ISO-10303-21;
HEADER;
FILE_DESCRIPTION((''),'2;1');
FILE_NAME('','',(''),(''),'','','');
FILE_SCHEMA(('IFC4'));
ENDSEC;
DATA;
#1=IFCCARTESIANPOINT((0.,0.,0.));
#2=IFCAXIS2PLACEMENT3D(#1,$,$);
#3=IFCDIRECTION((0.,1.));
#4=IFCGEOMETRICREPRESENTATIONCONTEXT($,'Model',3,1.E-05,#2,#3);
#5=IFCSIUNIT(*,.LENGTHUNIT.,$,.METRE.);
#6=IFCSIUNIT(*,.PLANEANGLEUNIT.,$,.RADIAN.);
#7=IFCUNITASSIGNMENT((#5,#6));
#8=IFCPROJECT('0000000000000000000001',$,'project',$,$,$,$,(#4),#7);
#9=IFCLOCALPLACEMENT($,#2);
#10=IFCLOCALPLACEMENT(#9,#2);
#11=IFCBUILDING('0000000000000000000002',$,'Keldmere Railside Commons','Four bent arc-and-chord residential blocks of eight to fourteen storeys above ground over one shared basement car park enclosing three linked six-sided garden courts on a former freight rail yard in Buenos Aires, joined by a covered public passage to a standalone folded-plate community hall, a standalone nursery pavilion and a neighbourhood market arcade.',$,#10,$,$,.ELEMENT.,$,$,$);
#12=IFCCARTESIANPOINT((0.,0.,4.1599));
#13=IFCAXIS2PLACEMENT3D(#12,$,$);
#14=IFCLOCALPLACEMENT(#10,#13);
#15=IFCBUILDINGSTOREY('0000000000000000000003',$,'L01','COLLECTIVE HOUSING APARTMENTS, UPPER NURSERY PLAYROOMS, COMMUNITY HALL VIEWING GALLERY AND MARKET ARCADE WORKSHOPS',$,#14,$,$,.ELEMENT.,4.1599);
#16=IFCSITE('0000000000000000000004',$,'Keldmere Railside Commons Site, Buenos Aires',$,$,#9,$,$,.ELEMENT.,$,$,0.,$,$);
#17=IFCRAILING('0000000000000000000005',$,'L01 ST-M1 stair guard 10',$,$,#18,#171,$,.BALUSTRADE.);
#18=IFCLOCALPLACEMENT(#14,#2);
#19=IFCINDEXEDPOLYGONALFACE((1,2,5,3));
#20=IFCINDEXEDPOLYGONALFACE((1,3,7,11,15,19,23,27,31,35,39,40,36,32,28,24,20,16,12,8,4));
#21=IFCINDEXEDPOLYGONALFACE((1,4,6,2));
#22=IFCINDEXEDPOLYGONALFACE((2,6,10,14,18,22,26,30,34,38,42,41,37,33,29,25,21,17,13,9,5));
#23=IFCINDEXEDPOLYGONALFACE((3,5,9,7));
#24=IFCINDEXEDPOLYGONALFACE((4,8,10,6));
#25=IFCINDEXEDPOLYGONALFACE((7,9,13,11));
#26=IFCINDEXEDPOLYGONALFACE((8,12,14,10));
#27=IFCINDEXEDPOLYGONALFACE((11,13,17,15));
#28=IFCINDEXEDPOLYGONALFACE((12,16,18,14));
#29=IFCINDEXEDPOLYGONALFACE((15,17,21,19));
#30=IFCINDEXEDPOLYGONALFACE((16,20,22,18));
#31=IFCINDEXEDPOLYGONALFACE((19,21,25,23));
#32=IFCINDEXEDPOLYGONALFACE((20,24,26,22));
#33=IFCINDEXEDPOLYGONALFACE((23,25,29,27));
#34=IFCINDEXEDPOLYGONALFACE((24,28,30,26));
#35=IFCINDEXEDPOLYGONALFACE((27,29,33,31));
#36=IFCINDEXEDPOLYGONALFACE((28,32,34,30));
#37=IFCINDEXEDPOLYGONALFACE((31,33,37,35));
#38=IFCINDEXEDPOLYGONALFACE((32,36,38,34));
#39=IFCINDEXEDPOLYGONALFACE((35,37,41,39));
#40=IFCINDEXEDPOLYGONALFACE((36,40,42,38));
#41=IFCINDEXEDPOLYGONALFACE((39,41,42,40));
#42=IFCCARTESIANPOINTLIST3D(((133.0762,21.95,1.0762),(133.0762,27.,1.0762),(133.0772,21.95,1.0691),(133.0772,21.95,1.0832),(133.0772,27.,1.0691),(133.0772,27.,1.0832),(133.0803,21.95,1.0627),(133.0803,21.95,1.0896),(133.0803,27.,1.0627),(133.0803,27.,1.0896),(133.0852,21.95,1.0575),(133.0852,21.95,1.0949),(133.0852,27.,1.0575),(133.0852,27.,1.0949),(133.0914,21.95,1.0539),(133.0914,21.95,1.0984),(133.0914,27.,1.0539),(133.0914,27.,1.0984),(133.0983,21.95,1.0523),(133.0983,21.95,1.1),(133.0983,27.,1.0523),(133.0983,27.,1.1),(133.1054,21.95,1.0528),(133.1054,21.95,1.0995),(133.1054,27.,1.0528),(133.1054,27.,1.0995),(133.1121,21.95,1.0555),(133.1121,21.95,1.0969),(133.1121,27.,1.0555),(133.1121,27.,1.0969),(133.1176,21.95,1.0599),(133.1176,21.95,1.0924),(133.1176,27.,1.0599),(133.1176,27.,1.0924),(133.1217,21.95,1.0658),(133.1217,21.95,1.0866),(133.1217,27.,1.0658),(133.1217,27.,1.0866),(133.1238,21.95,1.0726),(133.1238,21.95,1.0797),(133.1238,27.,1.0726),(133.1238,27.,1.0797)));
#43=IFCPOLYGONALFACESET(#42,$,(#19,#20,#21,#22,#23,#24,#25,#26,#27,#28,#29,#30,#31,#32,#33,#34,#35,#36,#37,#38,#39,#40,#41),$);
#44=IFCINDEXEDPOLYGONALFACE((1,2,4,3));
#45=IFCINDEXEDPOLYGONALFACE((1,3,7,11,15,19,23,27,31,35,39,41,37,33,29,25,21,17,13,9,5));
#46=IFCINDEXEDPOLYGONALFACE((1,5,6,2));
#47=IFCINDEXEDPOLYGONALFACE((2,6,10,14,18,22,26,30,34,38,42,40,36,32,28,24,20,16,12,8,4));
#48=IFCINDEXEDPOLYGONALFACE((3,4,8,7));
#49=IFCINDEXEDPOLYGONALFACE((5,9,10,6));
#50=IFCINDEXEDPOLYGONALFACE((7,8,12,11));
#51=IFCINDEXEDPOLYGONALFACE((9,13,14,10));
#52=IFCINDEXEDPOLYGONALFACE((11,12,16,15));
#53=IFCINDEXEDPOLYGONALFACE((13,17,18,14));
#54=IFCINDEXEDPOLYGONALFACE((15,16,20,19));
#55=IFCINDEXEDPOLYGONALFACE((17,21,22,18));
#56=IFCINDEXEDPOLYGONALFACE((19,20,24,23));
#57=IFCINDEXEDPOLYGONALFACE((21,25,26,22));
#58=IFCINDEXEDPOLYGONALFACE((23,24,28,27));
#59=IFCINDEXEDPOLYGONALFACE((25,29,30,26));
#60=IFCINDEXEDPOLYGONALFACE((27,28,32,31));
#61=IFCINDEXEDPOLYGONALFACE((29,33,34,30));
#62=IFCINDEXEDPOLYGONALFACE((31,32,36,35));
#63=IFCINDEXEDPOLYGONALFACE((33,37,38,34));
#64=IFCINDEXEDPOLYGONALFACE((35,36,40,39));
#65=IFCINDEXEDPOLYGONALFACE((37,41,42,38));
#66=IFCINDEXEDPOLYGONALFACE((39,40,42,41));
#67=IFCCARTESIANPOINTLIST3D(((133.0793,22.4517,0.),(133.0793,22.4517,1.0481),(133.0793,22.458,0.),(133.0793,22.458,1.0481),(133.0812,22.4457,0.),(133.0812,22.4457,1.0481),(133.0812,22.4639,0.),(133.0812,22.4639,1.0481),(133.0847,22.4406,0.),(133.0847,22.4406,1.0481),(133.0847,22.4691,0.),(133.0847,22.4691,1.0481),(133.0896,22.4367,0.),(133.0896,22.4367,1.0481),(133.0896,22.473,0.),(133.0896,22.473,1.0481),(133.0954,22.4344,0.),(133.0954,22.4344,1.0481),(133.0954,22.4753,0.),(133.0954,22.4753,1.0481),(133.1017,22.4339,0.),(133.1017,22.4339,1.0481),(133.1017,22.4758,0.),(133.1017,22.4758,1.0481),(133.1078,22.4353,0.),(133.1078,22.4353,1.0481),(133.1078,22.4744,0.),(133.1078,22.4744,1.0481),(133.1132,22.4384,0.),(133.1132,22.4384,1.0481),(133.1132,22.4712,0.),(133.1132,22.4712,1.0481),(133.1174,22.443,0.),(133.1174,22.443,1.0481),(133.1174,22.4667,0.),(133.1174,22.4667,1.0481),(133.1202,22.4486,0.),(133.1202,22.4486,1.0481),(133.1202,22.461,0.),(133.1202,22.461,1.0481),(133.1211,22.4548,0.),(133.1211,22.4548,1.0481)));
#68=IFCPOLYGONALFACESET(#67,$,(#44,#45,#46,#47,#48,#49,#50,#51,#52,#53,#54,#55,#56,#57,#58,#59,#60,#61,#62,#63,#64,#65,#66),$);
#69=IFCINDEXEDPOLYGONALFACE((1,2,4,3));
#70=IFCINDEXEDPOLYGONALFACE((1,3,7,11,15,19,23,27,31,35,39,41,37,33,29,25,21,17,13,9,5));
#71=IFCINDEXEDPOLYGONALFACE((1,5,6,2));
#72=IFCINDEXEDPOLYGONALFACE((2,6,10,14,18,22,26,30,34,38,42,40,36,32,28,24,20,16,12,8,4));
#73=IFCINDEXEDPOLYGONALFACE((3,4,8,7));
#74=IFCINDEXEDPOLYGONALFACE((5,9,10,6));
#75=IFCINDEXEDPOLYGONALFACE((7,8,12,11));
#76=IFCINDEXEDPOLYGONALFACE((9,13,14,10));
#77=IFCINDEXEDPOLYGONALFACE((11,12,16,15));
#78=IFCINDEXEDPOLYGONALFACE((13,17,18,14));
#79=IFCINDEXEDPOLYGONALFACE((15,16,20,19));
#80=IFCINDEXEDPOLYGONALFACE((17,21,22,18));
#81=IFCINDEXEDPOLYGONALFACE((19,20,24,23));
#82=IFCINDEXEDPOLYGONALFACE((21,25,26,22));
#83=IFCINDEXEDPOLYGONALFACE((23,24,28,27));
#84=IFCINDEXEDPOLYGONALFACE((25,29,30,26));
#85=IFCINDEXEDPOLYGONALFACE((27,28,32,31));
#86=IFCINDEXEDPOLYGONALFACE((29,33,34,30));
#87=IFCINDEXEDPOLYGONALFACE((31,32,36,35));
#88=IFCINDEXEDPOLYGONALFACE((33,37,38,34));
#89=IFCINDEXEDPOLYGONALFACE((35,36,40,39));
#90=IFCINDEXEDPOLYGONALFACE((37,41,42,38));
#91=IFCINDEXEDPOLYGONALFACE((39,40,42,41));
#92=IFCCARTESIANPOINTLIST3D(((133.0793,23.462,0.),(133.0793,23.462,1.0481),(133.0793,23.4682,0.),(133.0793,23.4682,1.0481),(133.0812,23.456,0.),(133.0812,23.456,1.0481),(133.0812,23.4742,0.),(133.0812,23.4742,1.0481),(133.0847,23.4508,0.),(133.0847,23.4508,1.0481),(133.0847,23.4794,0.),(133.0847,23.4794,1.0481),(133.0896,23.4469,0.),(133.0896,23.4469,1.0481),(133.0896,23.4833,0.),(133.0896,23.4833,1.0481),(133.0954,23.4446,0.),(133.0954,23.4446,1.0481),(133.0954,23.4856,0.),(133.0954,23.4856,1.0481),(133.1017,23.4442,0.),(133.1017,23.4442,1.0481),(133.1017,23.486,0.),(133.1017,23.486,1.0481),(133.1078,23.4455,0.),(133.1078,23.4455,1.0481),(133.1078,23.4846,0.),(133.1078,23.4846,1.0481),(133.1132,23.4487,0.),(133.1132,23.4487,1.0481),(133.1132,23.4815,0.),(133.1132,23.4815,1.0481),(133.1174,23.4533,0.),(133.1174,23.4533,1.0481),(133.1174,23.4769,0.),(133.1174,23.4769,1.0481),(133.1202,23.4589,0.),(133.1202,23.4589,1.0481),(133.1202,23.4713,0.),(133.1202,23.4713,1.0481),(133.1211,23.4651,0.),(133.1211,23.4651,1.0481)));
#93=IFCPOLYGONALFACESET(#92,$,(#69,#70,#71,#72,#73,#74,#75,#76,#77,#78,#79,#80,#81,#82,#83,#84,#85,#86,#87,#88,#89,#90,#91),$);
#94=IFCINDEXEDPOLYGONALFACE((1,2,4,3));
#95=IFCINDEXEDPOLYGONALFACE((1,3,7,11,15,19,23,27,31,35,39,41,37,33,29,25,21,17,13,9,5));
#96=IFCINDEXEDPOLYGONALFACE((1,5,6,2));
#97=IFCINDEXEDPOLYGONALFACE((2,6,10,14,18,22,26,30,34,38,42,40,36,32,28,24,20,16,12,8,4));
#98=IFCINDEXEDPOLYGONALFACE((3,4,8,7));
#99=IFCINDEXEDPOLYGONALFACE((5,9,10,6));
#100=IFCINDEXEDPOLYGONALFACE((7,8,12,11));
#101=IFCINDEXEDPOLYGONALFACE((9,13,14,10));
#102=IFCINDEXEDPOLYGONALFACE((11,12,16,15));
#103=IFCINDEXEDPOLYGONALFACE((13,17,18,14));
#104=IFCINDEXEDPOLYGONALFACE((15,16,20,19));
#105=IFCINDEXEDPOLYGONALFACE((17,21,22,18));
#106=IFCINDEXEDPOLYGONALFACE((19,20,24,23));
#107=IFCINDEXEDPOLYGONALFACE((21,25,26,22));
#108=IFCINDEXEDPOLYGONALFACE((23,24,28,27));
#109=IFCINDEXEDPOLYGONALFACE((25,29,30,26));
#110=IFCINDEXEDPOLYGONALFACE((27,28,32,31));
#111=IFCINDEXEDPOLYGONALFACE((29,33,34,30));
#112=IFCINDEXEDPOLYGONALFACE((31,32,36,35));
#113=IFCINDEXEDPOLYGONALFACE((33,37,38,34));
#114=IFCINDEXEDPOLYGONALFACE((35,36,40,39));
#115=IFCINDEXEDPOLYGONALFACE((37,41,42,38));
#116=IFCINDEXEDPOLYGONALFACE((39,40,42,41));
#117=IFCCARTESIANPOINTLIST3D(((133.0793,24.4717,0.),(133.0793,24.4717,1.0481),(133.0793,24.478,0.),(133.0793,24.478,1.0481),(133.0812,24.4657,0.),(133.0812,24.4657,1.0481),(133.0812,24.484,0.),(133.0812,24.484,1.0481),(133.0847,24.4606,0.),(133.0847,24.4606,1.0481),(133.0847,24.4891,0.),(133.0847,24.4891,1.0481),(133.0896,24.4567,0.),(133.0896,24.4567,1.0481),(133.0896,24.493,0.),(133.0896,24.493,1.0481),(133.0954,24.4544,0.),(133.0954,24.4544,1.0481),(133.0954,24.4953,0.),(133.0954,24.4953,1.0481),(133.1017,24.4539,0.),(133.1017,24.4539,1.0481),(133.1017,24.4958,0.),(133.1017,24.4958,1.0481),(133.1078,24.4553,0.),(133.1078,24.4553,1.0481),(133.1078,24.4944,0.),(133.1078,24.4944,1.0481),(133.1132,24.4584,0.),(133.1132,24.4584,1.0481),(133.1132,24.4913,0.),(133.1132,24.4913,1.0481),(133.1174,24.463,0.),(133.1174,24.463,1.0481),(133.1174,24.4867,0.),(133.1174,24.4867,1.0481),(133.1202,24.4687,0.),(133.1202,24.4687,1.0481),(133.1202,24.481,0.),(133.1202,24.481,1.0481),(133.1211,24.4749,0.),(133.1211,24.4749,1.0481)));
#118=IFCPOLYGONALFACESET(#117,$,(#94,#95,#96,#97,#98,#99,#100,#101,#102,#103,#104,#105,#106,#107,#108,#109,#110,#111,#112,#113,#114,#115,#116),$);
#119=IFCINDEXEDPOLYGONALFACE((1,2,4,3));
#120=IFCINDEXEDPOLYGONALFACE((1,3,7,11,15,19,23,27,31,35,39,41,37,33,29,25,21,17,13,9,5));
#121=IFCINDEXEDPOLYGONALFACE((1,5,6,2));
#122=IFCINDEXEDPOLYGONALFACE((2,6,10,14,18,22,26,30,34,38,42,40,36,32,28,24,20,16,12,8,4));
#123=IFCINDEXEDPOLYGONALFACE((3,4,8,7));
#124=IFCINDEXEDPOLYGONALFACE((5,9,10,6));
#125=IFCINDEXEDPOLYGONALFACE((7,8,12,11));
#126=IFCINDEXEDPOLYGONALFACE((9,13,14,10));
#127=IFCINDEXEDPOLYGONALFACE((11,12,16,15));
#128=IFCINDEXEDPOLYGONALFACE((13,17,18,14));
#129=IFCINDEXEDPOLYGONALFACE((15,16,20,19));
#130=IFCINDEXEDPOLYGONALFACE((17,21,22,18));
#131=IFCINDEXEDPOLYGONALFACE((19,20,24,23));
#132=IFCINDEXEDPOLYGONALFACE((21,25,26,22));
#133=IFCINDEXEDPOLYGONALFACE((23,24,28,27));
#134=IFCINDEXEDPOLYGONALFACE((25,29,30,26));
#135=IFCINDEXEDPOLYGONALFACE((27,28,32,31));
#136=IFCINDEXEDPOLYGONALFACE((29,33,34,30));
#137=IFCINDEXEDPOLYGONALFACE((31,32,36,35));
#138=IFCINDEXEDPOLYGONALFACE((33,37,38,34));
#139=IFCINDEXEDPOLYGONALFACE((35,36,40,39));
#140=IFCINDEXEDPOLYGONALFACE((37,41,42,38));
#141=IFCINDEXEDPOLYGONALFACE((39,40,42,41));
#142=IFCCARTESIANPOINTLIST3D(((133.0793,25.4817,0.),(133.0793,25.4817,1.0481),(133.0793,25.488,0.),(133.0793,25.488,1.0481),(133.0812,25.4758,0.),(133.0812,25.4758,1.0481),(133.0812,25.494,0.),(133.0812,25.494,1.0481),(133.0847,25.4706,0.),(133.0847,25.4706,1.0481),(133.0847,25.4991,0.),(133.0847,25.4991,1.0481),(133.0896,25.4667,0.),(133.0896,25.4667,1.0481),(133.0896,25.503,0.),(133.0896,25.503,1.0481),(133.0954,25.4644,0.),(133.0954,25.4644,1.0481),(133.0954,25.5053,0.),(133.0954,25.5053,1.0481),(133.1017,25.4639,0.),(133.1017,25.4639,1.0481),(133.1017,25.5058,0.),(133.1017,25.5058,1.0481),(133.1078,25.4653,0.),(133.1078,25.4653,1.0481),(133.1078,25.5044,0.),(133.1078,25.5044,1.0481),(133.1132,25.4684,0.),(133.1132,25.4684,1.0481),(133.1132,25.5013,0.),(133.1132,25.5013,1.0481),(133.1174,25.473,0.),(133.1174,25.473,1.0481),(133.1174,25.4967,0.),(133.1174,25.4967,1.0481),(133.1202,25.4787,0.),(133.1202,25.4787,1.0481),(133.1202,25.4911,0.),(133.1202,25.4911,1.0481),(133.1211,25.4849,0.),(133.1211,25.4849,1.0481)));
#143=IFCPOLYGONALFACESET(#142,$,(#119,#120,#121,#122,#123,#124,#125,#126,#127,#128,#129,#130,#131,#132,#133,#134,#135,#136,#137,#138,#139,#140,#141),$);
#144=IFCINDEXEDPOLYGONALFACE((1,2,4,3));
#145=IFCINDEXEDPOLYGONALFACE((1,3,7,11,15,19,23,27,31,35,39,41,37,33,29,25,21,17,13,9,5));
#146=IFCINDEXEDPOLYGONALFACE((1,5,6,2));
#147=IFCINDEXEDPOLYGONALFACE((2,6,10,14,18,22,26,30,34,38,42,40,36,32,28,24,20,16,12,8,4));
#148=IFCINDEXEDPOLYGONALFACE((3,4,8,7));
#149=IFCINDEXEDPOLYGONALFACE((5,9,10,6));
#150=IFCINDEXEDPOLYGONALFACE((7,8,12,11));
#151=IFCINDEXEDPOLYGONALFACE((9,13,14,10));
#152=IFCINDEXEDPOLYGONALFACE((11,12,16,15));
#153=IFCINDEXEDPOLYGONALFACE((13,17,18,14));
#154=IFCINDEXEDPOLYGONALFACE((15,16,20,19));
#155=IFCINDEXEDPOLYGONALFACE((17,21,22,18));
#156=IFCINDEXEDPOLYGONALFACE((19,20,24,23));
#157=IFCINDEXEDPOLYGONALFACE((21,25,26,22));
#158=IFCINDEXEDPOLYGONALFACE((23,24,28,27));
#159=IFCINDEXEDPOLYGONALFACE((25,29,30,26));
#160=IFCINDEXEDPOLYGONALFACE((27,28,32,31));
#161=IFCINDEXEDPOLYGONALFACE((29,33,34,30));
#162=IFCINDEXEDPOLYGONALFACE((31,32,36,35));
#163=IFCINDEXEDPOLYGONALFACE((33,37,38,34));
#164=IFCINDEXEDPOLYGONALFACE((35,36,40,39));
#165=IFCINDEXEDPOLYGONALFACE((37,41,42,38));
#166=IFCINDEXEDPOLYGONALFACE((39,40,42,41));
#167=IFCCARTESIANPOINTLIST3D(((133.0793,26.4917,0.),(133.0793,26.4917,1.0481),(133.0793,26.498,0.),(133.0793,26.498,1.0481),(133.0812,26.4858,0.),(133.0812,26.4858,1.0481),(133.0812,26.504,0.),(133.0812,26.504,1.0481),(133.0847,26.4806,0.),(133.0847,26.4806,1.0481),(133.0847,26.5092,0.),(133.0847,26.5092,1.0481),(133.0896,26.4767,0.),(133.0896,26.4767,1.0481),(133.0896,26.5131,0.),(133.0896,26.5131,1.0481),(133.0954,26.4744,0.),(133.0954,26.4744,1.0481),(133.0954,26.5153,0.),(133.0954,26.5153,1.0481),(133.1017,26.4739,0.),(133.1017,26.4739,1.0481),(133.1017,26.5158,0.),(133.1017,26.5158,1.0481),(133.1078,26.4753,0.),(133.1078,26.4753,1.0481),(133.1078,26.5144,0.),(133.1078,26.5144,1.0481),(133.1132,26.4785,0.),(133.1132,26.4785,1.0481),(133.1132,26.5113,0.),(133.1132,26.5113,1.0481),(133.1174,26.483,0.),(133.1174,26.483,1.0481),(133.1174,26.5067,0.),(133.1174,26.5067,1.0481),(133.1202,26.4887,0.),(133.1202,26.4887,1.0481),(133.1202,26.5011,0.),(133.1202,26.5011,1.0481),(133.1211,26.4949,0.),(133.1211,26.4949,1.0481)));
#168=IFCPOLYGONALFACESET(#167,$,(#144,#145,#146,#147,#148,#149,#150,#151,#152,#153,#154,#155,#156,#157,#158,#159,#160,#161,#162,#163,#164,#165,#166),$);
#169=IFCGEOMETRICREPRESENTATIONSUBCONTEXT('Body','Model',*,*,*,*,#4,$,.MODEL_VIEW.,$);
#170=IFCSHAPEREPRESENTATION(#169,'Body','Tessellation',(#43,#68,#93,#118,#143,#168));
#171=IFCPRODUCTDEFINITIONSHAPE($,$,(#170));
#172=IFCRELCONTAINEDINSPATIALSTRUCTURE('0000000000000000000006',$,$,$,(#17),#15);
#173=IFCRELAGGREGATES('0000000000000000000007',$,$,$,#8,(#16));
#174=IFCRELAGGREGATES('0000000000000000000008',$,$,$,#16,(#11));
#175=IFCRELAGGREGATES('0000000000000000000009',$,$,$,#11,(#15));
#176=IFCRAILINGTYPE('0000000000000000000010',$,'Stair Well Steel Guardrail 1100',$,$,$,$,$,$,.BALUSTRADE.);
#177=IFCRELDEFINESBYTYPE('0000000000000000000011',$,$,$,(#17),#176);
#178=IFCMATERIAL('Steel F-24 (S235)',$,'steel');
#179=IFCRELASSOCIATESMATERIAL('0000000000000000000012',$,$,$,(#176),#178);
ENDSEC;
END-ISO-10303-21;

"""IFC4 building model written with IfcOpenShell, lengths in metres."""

from ifc_helpers import new_model, si_unit, direction, frame, origin, origin_2d, place, context, subcontext, project, spatial, circle, extrude, material, type_object, element, save


model = new_model("IFC4")

# Units and contexts
model_context = context("Model", 3, precision=1e-05, world=origin(), true_north=direction((0.0, 1.0)))
body_context = subcontext(model_context, "Body", "Model", "MODEL_VIEW")
ifc_project = project(units=[si_unit("LENGTHUNIT", "METRE"), si_unit("PLANEANGLEUNIT", "RADIAN")], contexts=[model_context])

# Site, building, storey
site_placement = place(None, origin())
site = spatial("IfcSite", under=ifc_project, at=site_placement, Name="Keldmere Railside Commons Site, Buenos Aires", CompositionType="ELEMENT", RefElevation=0.0)
building_placement = place(site_placement, origin())
building = spatial("IfcBuilding", under=site, at=building_placement, Name="Keldmere Railside Commons", Description="Four bent arc-and-chord residential blocks of eight to fourteen storeys above ground over one shared basement car park enclosing three linked six-sided garden courts on a former freight rail yard in Buenos Aires, joined by a covered public passage to a standalone folded-plate community hall, a standalone nursery pavilion and a neighbourhood market arcade.", CompositionType="ELEMENT")
storey_placement = place(building_placement, frame((0.0, 0.0, 4.1599)))
storey = spatial("IfcBuildingStorey", under=building, at=storey_placement, Name="L01", Description="COLLECTIVE HOUSING APARTMENTS, UPPER NURSERY PLAYROOMS, COMMUNITY HALL VIEWING GALLERY AND MARKET ARCADE WORKSHOPS", CompositionType="ELEMENT", Elevation=4.1599)

# Shared definitions
ifc_material_1 = material(Name="Steel F-24 (S235)", Category="steel")

# Railing
railing_type_1 = type_object("IfcRailingType", Name="Stair Well Steel Guardrail 1100", PredefinedType="BALUSTRADE", material=ifc_material_1)
railing_1_placement = place(storey_placement, frame((133.1001, 21.95, 0.0)))
element("IfcRailing", 1, at=railing_1_placement, inside=storey, type_object=railing_type_1, Name="L01 ST-M1 stair guard 10", PredefinedType="BALUSTRADE", context=body_context, shape_type="SweptSolid", body=[
    extrude(circle(Radius=0.0239, at=origin_2d()), frame((0.0, 0.0, 1.0762), z_axis=(0.0, 1.0, 0.0), x_axis=(-1.0, 0.0, 0.0)), (0.0, 0.0, 1.0), 5.05),
    extrude(circle(Radius=0.021, at=origin_2d()), frame((0.0, 0.5049, 0.0)), (0.0, 0.0, 1.0), 1.0481),
    extrude(circle(Radius=0.021, at=origin_2d()), frame((0.0, 1.5151, 0.0)), (0.0, 0.0, 1.0), 1.0481),
    extrude(circle(Radius=0.021, at=origin_2d()), frame((0.0, 2.5249, 0.0)), (0.0, 0.0, 1.0), 1.0481),
    extrude(circle(Radius=0.021, at=origin_2d()), frame((0.0, 3.5349, 0.0)), (0.0, 0.0, 1.0), 1.0481),
    extrude(circle(Radius=0.021, at=origin_2d()), frame((0.0, 4.5449, 0.0)), (0.0, 0.0, 1.0), 1.0481),
])

save(model, "model.ifc")
